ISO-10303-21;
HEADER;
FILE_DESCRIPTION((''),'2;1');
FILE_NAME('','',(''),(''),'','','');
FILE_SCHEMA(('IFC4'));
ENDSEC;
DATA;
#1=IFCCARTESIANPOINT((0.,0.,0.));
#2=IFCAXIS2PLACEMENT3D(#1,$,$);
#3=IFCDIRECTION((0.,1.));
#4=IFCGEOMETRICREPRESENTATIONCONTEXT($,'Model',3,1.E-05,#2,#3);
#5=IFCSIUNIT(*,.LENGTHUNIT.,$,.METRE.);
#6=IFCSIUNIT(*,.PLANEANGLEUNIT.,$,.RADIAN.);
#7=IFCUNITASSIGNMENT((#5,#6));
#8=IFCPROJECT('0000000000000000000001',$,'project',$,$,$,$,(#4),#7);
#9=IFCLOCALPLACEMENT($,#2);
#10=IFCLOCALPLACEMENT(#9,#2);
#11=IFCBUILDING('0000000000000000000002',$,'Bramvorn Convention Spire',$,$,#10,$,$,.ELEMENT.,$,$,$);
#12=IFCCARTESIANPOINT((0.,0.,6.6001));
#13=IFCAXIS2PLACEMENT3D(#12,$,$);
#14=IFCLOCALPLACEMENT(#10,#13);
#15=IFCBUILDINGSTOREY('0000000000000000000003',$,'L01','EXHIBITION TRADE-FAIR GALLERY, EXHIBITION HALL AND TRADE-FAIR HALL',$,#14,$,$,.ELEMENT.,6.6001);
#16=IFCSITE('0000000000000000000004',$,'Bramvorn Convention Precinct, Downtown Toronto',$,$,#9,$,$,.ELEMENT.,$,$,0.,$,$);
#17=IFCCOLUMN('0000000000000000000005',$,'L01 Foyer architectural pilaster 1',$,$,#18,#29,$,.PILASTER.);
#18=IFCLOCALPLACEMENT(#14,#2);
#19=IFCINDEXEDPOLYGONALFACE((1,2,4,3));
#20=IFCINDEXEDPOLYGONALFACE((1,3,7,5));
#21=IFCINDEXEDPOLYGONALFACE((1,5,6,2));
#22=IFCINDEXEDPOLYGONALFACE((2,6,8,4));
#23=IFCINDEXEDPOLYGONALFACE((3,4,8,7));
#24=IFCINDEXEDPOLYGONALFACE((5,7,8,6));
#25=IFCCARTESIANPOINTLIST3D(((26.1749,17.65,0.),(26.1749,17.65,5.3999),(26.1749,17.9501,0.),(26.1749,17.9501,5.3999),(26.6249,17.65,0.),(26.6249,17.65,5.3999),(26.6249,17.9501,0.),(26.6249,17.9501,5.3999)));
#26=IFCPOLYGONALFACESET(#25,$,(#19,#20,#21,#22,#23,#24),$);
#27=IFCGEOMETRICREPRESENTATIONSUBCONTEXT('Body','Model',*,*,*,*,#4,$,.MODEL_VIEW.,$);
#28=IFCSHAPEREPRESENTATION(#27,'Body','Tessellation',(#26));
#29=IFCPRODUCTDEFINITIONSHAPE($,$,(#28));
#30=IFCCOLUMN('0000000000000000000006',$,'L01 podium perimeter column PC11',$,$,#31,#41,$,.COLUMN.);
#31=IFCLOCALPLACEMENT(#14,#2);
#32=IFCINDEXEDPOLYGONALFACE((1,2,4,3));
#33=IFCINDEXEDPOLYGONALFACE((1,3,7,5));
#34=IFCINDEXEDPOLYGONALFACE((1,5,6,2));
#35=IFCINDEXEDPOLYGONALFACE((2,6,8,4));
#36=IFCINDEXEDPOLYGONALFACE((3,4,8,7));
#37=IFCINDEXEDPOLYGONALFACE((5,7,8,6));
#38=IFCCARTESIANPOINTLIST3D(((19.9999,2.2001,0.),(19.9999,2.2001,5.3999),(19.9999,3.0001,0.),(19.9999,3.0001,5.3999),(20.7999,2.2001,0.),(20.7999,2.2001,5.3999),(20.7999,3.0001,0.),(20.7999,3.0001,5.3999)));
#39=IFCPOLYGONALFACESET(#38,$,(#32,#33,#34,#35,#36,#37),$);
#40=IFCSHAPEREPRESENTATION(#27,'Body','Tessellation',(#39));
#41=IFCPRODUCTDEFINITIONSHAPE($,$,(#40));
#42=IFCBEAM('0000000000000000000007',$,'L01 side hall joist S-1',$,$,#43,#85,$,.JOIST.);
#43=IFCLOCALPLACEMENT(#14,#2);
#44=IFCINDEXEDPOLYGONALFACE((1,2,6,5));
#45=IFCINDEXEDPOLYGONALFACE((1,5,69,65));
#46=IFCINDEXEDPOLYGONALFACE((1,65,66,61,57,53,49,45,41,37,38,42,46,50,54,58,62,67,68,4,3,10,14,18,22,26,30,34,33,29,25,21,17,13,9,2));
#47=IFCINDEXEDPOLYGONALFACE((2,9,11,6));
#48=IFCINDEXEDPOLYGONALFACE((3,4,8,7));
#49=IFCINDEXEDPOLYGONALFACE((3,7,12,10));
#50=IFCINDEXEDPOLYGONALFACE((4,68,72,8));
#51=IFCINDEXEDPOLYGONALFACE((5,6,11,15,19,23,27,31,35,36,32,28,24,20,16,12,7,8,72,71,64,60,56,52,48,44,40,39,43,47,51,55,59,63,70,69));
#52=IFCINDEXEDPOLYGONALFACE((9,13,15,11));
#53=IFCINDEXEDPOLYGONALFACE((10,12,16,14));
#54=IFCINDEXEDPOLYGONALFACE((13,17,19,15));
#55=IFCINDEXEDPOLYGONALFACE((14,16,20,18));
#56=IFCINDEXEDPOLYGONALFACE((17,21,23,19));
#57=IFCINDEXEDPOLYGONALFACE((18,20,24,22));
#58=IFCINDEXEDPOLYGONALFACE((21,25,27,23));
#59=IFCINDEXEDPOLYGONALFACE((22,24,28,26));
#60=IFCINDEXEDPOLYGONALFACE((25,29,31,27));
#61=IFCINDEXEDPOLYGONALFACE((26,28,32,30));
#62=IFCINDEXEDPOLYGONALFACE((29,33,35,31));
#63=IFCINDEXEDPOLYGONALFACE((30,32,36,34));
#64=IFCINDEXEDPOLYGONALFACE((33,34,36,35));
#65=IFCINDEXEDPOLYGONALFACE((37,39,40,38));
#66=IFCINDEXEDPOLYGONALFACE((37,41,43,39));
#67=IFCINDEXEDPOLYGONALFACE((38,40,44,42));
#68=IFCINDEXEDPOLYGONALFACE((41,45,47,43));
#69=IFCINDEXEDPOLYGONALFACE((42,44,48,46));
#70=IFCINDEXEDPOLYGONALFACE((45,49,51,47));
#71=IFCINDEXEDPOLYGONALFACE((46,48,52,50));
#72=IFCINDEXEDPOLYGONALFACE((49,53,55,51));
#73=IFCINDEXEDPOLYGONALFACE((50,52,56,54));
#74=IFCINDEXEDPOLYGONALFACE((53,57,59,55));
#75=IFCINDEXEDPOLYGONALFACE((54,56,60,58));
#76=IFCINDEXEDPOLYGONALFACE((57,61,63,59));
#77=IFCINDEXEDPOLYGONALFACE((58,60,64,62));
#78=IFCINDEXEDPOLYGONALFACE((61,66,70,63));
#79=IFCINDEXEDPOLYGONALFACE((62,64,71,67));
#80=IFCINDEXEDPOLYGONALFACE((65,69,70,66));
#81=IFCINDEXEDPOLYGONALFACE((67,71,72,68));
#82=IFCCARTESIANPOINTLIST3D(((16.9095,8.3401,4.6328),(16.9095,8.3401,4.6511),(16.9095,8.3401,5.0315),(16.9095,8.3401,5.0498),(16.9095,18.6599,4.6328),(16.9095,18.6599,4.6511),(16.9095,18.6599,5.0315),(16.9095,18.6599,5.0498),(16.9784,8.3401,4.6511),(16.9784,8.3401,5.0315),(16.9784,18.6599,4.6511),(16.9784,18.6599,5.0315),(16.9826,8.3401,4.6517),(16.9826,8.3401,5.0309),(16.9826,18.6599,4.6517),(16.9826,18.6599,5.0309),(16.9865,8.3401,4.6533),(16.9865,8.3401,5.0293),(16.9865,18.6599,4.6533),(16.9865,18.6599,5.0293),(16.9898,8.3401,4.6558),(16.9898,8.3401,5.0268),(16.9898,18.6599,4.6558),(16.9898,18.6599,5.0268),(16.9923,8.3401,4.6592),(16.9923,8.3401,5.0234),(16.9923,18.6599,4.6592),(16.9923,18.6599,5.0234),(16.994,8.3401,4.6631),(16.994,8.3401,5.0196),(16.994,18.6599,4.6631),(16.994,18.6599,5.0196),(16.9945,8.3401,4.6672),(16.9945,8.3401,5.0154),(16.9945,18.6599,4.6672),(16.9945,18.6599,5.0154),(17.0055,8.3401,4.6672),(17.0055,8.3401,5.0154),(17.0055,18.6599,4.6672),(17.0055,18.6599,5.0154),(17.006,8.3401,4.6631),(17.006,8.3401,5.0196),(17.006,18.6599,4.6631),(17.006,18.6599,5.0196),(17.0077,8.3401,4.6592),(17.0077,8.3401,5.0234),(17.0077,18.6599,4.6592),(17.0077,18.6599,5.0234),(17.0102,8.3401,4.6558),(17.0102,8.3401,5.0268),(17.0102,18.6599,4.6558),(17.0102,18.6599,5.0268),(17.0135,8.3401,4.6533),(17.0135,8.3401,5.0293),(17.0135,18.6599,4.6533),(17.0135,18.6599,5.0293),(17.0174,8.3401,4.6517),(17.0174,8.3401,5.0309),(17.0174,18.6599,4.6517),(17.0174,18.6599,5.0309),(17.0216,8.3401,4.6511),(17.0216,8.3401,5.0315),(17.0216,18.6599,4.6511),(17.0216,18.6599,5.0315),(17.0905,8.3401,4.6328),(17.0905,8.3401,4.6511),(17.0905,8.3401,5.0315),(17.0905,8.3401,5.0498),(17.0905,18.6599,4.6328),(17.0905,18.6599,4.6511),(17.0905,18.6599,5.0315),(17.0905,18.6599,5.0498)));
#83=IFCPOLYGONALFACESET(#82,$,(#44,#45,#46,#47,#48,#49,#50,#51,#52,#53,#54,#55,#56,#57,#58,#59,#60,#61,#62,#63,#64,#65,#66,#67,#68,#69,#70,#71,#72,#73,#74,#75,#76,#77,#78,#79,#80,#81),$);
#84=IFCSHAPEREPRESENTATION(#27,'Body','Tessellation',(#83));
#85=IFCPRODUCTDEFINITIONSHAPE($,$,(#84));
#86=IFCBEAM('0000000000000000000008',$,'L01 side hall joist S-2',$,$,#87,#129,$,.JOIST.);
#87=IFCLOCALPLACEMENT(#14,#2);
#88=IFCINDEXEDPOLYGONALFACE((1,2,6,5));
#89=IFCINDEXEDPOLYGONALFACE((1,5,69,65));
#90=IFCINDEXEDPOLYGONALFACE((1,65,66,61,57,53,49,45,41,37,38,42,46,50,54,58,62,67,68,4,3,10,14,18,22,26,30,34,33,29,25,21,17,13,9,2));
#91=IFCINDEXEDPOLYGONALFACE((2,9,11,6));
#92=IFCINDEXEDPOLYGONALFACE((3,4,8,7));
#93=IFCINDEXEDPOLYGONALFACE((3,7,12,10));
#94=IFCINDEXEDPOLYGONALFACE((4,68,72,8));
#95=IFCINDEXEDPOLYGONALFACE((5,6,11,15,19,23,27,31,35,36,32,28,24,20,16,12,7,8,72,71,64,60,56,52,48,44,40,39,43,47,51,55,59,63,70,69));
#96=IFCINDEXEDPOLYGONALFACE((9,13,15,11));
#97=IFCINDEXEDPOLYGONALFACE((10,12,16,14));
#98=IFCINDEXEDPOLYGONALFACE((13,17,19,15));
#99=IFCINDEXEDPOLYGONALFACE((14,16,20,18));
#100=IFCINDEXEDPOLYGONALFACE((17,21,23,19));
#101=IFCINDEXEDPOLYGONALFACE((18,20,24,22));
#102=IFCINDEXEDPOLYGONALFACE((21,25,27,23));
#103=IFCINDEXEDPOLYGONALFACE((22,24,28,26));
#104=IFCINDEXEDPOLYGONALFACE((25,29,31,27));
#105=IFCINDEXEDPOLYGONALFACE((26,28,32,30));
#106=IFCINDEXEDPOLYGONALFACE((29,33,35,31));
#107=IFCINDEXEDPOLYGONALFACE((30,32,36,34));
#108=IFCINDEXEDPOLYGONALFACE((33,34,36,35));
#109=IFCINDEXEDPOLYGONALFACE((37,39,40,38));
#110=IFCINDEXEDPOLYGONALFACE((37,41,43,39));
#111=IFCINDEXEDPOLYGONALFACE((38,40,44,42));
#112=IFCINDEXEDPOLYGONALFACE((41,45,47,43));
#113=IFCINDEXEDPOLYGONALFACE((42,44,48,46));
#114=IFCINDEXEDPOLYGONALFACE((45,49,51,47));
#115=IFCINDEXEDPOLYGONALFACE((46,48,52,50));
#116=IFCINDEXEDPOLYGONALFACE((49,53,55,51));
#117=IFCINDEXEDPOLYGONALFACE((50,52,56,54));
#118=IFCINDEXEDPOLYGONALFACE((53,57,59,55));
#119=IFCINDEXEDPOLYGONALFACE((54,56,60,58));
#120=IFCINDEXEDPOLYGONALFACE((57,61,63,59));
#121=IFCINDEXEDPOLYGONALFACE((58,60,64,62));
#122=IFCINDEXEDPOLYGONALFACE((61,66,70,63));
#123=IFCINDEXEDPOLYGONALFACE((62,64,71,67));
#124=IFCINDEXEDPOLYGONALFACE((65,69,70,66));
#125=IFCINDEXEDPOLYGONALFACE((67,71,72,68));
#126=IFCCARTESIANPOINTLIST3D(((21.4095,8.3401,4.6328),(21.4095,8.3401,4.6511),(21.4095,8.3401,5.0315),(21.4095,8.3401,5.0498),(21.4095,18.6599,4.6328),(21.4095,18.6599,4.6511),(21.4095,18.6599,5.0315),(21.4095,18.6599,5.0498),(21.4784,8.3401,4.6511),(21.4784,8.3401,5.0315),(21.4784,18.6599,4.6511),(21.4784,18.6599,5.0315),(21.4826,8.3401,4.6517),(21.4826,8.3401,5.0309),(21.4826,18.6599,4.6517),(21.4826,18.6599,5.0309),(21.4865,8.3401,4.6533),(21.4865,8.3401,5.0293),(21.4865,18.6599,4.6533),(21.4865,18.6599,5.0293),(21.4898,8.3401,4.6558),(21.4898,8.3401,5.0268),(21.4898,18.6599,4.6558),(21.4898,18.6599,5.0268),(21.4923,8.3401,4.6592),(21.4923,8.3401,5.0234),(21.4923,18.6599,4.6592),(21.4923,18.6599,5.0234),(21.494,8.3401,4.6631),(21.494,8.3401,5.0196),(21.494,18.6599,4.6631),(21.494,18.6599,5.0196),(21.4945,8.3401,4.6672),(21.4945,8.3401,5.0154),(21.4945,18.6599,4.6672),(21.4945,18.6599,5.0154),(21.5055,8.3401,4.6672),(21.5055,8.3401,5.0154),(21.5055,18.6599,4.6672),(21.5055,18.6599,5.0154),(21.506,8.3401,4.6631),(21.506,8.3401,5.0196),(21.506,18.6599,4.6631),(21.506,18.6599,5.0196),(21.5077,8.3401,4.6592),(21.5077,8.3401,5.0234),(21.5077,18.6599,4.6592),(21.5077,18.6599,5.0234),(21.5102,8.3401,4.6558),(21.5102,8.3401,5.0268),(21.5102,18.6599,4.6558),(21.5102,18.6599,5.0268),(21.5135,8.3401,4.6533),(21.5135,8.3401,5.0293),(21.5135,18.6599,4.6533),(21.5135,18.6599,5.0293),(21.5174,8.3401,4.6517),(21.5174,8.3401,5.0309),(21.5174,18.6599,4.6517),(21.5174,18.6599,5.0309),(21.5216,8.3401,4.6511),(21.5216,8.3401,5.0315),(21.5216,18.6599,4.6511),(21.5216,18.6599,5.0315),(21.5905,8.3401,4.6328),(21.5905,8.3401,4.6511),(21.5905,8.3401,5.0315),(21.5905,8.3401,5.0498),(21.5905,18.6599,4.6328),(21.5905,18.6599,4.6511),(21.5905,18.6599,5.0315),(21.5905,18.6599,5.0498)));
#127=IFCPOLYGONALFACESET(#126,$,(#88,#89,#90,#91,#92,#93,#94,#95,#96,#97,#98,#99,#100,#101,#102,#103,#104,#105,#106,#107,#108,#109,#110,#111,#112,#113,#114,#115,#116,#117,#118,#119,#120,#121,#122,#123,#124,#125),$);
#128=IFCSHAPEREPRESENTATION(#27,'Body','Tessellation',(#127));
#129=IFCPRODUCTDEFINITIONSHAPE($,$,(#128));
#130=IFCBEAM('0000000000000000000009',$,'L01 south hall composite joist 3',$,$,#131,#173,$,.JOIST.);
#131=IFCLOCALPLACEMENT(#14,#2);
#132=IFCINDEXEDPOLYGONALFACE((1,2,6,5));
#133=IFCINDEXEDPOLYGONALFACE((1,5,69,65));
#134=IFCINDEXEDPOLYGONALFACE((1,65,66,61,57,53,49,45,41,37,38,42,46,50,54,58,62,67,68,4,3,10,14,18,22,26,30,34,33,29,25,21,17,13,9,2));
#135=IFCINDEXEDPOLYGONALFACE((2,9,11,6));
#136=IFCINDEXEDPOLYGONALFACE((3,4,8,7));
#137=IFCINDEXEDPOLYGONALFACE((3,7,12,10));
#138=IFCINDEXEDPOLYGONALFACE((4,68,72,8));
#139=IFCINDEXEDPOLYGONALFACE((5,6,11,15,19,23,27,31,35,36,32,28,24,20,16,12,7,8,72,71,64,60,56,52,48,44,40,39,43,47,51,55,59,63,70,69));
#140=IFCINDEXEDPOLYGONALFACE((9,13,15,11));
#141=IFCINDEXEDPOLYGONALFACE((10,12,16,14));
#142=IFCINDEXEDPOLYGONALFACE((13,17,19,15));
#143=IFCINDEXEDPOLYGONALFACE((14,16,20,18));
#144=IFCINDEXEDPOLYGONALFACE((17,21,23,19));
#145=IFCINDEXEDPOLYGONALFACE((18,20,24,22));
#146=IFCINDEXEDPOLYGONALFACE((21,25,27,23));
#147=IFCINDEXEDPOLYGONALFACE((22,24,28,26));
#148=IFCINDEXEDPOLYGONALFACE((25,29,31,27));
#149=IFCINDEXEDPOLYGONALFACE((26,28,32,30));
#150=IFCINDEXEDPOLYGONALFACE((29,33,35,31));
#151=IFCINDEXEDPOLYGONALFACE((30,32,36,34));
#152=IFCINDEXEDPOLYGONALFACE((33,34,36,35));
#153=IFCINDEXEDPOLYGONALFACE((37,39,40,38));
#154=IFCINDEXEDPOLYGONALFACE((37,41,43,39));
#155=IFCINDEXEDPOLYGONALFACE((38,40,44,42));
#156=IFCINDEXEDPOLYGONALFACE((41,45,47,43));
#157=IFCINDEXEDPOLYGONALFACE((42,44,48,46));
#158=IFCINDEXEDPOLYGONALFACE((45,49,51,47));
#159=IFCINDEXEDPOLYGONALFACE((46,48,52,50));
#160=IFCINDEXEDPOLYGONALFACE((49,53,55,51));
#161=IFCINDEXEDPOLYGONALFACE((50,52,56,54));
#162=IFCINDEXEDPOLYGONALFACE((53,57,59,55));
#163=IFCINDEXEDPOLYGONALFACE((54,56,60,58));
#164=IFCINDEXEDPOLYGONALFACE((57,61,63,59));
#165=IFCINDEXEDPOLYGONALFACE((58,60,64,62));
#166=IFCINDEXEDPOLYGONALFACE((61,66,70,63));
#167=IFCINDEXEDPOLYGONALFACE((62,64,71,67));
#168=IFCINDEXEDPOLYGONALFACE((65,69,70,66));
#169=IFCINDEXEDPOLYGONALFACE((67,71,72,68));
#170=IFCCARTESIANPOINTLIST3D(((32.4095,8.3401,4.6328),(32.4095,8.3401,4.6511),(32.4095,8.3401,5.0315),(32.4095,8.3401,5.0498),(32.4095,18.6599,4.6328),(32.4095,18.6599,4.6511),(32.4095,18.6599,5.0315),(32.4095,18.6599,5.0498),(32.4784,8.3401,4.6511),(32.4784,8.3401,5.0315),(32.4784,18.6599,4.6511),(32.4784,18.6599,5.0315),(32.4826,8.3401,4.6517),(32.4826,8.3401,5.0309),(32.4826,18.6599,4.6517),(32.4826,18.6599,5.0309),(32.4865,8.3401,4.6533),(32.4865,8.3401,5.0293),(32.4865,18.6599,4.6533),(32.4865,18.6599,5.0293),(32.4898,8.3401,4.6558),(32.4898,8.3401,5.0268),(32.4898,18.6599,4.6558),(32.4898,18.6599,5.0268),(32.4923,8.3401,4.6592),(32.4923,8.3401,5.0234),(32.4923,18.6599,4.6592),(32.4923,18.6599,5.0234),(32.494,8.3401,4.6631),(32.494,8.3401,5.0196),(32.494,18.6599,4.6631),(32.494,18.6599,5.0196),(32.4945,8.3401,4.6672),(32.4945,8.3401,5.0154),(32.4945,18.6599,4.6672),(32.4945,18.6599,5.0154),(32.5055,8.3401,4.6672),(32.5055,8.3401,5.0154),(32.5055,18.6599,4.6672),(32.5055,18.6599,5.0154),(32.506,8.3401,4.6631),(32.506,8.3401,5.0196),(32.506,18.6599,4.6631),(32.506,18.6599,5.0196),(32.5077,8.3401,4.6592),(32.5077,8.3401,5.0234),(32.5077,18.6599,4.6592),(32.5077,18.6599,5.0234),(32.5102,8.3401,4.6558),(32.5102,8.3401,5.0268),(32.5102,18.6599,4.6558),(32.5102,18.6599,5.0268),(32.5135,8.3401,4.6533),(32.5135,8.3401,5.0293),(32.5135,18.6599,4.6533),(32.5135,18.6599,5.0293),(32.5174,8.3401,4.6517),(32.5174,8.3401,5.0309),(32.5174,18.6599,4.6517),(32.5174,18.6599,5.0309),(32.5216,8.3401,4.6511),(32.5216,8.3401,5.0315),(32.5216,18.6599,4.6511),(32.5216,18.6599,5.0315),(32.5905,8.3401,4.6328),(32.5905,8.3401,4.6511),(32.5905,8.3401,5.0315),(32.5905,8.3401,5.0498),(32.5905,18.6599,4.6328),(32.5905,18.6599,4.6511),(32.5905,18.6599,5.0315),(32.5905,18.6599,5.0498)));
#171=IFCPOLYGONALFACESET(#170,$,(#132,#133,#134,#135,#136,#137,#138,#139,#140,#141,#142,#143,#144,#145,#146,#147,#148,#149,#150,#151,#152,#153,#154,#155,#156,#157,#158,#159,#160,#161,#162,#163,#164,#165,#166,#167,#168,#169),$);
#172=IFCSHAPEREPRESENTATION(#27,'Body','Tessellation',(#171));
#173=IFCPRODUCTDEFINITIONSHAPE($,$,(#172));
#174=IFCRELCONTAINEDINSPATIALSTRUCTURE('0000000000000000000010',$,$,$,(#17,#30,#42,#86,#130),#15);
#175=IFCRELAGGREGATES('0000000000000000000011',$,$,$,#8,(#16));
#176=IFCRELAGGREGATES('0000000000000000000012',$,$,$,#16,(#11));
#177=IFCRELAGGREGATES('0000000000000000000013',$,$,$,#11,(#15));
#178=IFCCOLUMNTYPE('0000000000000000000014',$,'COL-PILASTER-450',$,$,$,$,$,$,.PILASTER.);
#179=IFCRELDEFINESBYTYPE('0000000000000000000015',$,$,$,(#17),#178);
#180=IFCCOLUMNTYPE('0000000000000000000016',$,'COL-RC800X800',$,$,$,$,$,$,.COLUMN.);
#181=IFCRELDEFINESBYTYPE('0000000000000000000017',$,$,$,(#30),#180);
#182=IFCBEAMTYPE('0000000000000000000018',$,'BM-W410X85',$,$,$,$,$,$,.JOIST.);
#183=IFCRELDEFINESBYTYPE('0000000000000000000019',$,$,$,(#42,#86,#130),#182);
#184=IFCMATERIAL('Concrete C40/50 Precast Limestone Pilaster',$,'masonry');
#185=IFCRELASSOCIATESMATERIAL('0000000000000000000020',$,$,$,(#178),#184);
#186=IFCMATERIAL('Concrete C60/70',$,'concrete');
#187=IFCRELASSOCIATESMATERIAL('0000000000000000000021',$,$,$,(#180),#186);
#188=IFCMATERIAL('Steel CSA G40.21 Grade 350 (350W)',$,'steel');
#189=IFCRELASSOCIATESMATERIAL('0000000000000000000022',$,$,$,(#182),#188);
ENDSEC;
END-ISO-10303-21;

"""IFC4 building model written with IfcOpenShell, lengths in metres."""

from ifc_helpers import new_model, si_unit, direction, frame, origin, origin_2d, place, context, subcontext, project, spatial, rectangle, i_section, extrude, material, material_profile, profile_set, type_object, element, save


model = new_model("IFC4")

# Units and contexts
model_context = context("Model", 3, precision=1e-05, world=origin(), true_north=direction((0.0, 1.0)))
body_context = subcontext(model_context, "Body", "Model", "MODEL_VIEW")
ifc_project = project(units=[si_unit("LENGTHUNIT", "METRE"), si_unit("PLANEANGLEUNIT", "RADIAN")], contexts=[model_context])

# Site, building, storey
site_placement = place(None, origin())
site = spatial("IfcSite", under=ifc_project, at=site_placement, Name="Bramvorn Convention Precinct, Downtown Toronto", CompositionType="ELEMENT", RefElevation=0.0)
building_placement = place(site_placement, origin())
building = spatial("IfcBuilding", under=site, at=building_placement, Name="Bramvorn Convention Spire", CompositionType="ELEMENT")
storey_placement = place(building_placement, frame((0.0, 0.0, 6.6001)))
storey = spatial("IfcBuildingStorey", under=building, at=storey_placement, Name="L01", Description="EXHIBITION TRADE-FAIR GALLERY, EXHIBITION HALL AND TRADE-FAIR HALL", CompositionType="ELEMENT", Elevation=6.6001)

# Columns
ifc_material_1 = material(Name="Steel CSA G40.21 Grade 350 (350W)", Category="steel")
ifc_material_2 = material(Name="Concrete C40/50 Precast Limestone Pilaster", Category="masonry")
ifc_material_profile_1 = material_profile(ifc_material_2, rectangle(XDim=0.45, YDim=0.3, at=origin_2d()))
ifc_profile_set_1 = profile_set([ifc_material_profile_1], Name="Concrete C40/50 Precast Limestone Pilaster - PILASTER450X300")
column_type_1 = type_object("IfcColumnType", Name="COL-PILASTER-450", PredefinedType="PILASTER", material=ifc_profile_set_1)
column_1_placement = place(storey_placement, frame((26.3999, 17.8, 0.0), z_axis=(0.0, 0.0, 1.0), x_axis=(1.0, 0.0, 0.0)))
element("IfcColumn", 1, at=column_1_placement, inside=storey, type_object=column_type_1, Name="L01 Foyer architectural pilaster 1", PredefinedType="PILASTER", context=body_context, shape_type="SweptSolid", body=[
    extrude(rectangle(XDim=0.45, YDim=0.3, at=origin_2d()), origin(), (0.0, 0.0, 1.0), 5.3999),
])
ifc_material_3 = material(Name="Concrete C60/70", Category="concrete")
ifc_material_profile_2 = material_profile(ifc_material_3, rectangle(XDim=0.8, YDim=0.8, at=origin_2d()))
ifc_profile_set_2 = profile_set([ifc_material_profile_2], Name="Concrete C60/70 - RC800X800")
column_type_2 = type_object("IfcColumnType", Name="COL-RC800X800", PredefinedType="COLUMN", material=ifc_profile_set_2)
column_2_placement = place(storey_placement, frame((20.3999, 2.6001, 0.0), z_axis=(0.0, 0.0, 1.0), x_axis=(1.0, 0.0, 0.0)))
element("IfcColumn", 2, at=column_2_placement, inside=storey, type_object=column_type_2, Name="L01 podium perimeter column PC11", PredefinedType="COLUMN", context=body_context, shape_type="SweptSolid", body=[
    extrude(rectangle(XDim=0.8, YDim=0.8, at=origin_2d()), origin(), (0.0, 0.0, 1.0), 5.3999),
])

# Beams
ifc_material_profile_3 = material_profile(ifc_material_1, i_section(OverallWidth=0.1809, OverallDepth=0.417, WebThickness=0.011, FlangeThickness=0.0183, FilletRadius=0.0161, at=origin_2d()))
ifc_profile_set_3 = profile_set([ifc_material_profile_3], Name="Steel CSA G40.21 Grade 350 (350W) - W410X85")
beam_type_1 = type_object("IfcBeamType", Name="BM-W410X85", PredefinedType="JOIST", material=ifc_profile_set_3)
for number, where, z_axis, x_axis, name in (
    (3, (17.0, 8.3401, 4.8413), (0.0, 1.0, 0.0), (-1.0, 0.0, 0.0), "L01 side hall joist S-1"),
    (4, (21.5, 8.3401, 4.8413), (0.0, 1.0, 0.0), (-1.0, 0.0, 0.0), "L01 side hall joist S-2"),
    (5, (32.5, 8.3401, 4.8413), (0.0, 1.0, 0.0), (-1.0, 0.0, 0.0), "L01 south hall composite joist 3"),
):
    element("IfcBeam", number, at=place(storey_placement, frame(where, z_axis=z_axis, x_axis=x_axis)), inside=storey, type_object=beam_type_1, Name=name, PredefinedType="JOIST", context=body_context, shape_type="SweptSolid", body=[
        extrude(i_section(OverallWidth=0.1809, OverallDepth=0.417, WebThickness=0.011, FlangeThickness=0.0183, FilletRadius=0.0161, at=origin_2d()), origin(), (0.0, 0.0, 1.0), 10.3198),
    ])

save(model, "model.ifc")
